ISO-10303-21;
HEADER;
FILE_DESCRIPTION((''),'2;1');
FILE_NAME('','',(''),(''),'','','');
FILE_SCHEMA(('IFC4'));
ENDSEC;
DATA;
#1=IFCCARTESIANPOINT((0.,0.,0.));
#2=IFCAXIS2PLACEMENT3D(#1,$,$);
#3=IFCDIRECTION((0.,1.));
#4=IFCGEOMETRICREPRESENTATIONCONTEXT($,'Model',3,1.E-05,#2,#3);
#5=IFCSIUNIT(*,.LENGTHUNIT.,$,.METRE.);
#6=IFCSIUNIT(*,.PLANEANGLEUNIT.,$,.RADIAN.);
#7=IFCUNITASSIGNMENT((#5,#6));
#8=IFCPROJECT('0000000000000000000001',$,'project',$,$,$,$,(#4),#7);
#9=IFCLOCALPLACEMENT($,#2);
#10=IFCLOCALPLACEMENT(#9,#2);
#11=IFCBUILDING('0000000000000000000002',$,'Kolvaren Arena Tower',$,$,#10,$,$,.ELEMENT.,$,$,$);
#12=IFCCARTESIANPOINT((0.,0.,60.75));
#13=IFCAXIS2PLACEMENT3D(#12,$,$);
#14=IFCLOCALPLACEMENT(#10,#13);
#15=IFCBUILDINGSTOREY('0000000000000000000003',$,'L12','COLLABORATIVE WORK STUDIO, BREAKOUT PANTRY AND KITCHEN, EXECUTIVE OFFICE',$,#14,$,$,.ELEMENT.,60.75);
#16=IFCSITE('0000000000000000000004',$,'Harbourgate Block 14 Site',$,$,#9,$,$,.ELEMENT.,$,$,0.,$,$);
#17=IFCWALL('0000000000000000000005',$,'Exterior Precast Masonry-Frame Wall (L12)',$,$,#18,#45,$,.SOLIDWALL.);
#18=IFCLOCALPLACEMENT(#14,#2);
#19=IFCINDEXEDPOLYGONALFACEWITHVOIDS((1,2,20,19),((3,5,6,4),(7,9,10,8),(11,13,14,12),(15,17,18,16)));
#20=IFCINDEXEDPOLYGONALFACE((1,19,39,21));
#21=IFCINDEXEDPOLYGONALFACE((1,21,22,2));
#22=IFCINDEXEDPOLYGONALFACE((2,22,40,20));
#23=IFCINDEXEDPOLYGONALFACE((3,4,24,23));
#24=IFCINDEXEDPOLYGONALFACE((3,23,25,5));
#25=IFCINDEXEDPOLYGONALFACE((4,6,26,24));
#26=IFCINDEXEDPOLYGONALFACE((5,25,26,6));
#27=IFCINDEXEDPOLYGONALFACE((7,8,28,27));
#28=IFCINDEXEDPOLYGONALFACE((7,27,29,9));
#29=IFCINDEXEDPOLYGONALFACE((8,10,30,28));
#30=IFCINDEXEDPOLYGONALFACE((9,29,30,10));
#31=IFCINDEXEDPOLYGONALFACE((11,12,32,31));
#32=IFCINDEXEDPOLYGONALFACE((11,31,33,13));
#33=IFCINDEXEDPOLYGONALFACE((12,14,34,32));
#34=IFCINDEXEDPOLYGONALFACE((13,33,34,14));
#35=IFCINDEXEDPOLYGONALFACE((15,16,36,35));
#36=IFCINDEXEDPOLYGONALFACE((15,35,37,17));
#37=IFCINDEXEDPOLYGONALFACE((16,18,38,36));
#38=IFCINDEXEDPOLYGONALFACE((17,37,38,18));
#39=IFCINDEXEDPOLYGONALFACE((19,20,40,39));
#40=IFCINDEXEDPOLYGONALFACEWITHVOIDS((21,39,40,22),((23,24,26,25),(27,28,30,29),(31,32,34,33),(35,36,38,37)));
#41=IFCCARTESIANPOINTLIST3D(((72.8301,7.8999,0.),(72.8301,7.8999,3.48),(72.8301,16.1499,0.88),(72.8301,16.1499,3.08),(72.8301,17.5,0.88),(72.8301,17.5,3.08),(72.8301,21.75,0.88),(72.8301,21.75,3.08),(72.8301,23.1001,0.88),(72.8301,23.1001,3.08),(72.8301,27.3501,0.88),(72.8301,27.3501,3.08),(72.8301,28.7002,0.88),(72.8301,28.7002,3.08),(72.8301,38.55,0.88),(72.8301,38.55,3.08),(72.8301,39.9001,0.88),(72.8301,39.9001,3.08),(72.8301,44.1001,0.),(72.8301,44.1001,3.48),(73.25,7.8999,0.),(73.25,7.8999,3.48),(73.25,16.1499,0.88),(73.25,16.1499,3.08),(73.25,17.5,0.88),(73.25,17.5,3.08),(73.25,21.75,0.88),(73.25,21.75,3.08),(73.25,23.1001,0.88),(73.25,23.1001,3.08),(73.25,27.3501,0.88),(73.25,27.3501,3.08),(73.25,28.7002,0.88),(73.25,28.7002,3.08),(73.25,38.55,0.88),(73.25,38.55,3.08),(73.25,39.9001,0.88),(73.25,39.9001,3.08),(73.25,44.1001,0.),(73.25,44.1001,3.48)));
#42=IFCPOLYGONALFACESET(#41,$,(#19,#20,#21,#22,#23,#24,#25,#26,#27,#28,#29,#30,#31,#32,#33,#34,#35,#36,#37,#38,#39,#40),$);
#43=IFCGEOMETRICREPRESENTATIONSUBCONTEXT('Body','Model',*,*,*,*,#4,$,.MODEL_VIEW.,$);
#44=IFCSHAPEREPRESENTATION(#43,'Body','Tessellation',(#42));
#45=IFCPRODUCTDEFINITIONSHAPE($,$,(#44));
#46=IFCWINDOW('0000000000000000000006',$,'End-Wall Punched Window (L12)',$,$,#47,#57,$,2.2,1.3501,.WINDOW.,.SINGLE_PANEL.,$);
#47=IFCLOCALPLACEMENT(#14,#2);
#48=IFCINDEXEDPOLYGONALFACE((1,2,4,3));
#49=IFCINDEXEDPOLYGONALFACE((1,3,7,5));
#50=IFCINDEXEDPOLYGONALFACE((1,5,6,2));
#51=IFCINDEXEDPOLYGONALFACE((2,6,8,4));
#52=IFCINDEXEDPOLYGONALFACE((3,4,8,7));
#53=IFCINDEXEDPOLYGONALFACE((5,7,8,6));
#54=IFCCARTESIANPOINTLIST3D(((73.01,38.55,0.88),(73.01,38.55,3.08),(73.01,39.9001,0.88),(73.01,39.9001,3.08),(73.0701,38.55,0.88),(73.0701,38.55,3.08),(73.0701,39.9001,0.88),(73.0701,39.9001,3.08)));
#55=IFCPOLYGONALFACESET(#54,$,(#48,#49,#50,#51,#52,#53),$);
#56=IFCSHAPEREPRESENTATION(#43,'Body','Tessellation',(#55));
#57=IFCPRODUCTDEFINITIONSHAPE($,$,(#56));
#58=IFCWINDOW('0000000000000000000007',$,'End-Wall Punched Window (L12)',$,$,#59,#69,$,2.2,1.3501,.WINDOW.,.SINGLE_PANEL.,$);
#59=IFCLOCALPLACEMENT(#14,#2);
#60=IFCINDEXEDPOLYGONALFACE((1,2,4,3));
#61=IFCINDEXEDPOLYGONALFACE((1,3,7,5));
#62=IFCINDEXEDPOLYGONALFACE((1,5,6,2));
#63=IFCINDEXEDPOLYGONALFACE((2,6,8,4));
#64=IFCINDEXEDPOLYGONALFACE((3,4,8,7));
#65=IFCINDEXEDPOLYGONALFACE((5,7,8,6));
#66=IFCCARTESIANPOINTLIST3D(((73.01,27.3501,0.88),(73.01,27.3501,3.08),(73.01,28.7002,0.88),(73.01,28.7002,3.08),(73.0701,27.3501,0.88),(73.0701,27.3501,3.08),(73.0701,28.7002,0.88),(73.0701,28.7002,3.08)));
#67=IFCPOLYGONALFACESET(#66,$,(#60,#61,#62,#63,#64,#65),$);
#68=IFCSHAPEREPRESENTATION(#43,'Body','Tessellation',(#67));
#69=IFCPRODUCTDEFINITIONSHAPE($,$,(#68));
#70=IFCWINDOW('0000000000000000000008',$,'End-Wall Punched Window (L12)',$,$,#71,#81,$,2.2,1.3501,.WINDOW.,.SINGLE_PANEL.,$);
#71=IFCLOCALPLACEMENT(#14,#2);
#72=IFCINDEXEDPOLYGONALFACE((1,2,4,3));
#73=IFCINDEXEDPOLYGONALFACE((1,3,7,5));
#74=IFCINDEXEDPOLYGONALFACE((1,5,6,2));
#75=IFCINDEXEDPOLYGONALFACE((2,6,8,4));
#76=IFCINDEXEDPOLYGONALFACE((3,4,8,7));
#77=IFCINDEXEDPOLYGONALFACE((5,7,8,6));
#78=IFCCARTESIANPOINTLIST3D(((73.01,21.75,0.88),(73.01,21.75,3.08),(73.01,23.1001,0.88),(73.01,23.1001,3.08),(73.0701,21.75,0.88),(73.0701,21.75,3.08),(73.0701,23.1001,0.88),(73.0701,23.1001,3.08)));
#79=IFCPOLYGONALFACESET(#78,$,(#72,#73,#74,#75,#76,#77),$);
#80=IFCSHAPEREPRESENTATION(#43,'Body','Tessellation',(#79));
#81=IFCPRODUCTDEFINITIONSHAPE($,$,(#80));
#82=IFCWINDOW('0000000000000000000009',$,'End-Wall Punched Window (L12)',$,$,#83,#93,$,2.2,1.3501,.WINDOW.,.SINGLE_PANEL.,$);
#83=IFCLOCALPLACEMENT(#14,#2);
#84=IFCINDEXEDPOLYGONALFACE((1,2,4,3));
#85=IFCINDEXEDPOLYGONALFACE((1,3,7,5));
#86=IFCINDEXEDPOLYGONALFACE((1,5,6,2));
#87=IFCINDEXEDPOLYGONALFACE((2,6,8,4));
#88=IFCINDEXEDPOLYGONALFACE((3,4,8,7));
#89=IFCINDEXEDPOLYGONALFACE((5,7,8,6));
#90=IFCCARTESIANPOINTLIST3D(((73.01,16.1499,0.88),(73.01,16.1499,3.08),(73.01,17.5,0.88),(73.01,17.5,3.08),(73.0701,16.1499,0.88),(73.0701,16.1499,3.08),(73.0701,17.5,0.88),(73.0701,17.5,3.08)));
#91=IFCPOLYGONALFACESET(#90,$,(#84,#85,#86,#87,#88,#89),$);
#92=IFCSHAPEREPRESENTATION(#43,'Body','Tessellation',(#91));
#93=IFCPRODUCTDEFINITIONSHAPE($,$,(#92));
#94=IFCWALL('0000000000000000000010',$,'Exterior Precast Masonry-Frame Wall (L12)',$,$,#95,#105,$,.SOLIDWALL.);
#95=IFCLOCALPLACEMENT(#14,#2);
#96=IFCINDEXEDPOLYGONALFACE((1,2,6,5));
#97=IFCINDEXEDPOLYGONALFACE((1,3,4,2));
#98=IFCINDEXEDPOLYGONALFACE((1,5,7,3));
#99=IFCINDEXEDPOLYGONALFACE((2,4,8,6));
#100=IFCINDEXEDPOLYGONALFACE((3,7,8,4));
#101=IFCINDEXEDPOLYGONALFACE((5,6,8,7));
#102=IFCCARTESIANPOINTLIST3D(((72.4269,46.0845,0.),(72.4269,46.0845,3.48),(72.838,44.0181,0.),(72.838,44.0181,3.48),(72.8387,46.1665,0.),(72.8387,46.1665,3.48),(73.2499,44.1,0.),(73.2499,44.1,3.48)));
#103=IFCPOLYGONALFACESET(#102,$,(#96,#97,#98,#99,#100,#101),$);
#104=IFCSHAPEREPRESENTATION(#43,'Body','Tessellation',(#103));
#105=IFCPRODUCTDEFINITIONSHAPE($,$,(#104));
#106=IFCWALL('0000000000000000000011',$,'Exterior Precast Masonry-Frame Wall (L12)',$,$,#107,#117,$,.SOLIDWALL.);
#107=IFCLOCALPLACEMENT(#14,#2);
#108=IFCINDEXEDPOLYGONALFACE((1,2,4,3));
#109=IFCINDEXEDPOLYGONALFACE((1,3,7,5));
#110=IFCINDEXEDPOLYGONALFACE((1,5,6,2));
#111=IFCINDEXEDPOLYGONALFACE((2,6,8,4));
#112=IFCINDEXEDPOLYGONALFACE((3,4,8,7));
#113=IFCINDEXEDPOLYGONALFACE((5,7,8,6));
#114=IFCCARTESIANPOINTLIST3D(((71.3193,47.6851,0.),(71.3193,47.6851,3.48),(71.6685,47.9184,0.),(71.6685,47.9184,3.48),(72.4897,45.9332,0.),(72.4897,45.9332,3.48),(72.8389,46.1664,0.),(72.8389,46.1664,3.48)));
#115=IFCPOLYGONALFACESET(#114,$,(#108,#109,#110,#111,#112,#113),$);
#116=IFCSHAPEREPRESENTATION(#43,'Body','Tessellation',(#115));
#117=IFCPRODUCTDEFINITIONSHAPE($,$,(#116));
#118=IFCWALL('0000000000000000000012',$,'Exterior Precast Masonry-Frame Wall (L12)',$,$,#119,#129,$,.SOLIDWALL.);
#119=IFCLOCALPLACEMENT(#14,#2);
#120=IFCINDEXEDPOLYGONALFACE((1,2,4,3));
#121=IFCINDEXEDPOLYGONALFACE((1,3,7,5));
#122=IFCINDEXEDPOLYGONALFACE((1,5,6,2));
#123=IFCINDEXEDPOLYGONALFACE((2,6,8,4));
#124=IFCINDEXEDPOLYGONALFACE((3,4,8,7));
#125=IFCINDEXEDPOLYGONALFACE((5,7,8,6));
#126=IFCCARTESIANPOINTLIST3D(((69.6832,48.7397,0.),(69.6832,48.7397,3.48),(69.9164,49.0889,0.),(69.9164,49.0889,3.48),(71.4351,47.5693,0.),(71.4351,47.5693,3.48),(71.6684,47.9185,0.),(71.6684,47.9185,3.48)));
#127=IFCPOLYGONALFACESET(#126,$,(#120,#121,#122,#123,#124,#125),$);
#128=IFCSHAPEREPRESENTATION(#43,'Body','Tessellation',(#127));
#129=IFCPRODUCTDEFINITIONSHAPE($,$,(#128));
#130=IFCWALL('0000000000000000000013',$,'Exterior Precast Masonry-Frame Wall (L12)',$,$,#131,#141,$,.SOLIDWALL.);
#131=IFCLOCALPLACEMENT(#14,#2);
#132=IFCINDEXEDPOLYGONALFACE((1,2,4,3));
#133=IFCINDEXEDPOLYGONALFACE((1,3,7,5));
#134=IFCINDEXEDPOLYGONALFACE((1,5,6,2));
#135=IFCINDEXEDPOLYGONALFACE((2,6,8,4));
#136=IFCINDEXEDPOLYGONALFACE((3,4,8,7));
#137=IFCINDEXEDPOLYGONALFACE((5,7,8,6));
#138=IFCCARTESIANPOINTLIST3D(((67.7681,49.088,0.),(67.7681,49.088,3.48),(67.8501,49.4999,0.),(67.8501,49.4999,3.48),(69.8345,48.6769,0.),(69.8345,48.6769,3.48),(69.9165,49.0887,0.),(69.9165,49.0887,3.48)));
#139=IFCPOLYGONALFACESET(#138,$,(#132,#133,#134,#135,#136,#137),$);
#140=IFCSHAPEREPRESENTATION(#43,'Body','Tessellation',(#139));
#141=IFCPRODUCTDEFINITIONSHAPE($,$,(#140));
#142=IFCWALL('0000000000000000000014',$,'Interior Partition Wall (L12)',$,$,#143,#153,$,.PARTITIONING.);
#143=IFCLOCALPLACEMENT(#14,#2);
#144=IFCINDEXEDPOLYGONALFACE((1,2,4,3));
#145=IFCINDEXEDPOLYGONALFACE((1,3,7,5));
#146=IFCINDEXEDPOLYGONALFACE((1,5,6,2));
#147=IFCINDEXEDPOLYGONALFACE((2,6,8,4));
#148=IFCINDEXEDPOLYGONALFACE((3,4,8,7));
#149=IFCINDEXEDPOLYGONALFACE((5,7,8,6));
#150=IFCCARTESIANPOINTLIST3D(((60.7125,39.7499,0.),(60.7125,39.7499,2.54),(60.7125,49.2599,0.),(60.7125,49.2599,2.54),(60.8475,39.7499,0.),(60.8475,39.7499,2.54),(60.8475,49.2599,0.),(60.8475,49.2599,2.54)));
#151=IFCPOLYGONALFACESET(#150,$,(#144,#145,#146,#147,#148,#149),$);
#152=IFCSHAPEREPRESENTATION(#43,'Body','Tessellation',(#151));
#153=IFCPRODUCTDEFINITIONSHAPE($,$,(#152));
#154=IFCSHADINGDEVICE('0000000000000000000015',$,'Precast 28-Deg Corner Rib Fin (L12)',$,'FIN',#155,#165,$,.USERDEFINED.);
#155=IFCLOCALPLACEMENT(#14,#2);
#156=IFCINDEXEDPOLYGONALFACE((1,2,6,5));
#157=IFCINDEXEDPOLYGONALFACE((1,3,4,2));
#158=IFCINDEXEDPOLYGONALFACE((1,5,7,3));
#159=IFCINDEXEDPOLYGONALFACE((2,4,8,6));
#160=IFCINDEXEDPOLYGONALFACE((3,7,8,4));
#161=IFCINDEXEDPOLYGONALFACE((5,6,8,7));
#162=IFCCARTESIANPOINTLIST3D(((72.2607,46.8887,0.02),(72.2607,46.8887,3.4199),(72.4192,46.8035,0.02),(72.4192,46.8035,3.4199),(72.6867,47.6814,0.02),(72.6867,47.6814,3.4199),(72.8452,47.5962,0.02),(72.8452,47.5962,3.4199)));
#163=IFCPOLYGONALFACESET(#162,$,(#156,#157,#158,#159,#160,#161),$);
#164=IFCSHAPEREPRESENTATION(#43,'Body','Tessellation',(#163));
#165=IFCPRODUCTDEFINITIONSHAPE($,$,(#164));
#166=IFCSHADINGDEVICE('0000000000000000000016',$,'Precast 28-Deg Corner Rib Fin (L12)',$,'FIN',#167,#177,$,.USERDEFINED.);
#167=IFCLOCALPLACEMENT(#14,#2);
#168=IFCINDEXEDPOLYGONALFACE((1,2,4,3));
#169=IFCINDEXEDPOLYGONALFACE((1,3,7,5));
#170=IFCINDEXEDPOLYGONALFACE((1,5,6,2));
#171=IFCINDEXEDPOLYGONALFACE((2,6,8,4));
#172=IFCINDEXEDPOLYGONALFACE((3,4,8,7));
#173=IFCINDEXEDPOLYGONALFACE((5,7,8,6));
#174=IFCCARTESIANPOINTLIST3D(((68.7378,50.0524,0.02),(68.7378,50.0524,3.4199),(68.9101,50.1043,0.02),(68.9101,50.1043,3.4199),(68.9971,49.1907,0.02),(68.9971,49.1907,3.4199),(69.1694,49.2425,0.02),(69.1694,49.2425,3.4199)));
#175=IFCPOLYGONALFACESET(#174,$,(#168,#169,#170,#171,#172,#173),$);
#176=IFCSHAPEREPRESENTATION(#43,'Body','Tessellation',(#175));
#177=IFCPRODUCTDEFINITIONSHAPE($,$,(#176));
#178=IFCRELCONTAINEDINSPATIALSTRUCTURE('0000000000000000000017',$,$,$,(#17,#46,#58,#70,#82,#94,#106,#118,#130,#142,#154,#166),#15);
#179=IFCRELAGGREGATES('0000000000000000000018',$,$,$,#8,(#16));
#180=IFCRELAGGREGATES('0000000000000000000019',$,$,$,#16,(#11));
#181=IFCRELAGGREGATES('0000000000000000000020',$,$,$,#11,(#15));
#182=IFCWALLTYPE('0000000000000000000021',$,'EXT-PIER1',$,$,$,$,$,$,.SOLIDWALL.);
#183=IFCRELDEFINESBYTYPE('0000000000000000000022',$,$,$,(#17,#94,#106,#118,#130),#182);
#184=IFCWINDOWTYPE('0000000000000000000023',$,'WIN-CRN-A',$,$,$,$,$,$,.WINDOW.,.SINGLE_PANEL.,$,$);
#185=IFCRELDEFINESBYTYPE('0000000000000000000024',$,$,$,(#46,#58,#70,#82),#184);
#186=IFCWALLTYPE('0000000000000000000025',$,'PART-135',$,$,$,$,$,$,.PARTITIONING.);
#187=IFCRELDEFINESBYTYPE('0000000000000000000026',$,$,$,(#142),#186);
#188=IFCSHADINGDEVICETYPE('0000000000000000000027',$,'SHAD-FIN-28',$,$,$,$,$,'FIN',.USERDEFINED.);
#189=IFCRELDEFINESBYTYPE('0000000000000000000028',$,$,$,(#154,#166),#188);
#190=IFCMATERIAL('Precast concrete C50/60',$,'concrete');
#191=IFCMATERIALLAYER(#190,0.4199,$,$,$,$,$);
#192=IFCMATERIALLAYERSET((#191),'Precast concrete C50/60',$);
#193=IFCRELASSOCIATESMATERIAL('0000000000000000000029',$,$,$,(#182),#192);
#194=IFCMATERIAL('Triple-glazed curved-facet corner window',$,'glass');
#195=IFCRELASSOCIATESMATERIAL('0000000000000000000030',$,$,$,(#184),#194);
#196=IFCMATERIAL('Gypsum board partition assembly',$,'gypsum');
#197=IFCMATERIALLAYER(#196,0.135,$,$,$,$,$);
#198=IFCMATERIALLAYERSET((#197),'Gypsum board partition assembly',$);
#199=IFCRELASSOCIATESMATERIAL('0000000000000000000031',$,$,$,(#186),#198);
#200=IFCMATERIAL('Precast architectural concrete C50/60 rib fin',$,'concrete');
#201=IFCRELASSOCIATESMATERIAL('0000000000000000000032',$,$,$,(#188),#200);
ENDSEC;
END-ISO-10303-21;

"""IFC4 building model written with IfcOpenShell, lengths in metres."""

from ifc_helpers import new_model, si_unit, direction, frame, frame_2d, origin, origin_2d, place, context, subcontext, project, spatial, rectangle, extrude, material, layer, layer_set, type_object, element, fill, save


model = new_model("IFC4")

# Units and contexts
model_context = context("Model", 3, precision=1e-05, world=origin(), true_north=direction((0.0, 1.0)))
body_context = subcontext(model_context, "Body", "Model", "MODEL_VIEW")
ifc_project = project(units=[si_unit("LENGTHUNIT", "METRE"), si_unit("PLANEANGLEUNIT", "RADIAN")], contexts=[model_context])

# Site, building, storey
site_placement = place(None, origin())
site = spatial("IfcSite", under=ifc_project, at=site_placement, Name="Harbourgate Block 14 Site", CompositionType="ELEMENT", RefElevation=0.0)
building_placement = place(site_placement, origin())
building = spatial("IfcBuilding", under=site, at=building_placement, Name="Kolvaren Arena Tower", CompositionType="ELEMENT")
storey_placement = place(building_placement, frame((0.0, 0.0, 60.75)))
storey = spatial("IfcBuildingStorey", under=building, at=storey_placement, Name="L12", Description="COLLABORATIVE WORK STUDIO, BREAKOUT PANTRY AND KITCHEN, EXECUTIVE OFFICE", CompositionType="ELEMENT", Elevation=60.75)

# Wall, openings, windows
ifc_material_1 = material(Name="Precast concrete C50/60", Category="concrete")
ifc_layer_1 = layer(ifc_material_1, 0.4199)
ifc_layer_set_1 = layer_set([ifc_layer_1], Name="Precast concrete C50/60")
wall_type_1 = type_object("IfcWallType", Name="EXT-PIER1", PredefinedType="SOLIDWALL", material=ifc_layer_set_1)
wall_1_placement = place(storey_placement, frame((73.04, 44.1001, 0.0), z_axis=(0.0, 0.0, 1.0), x_axis=(0.0, -1.0, 0.0)))
wall_1 = element("IfcWall", 1, at=wall_1_placement, inside=storey, type_object=wall_type_1, Name="Exterior Precast Masonry-Frame Wall (L12)", PredefinedType="SOLIDWALL", context=body_context, shape_type="SweptSolid", body=[
    extrude(rectangle(XDim=36.2002, YDim=0.4199, at=frame_2d((18.1001, 0.0))), origin(), (0.0, 0.0, 1.0), 3.48),
])
opening_1_placement = place(wall_1_placement, frame((4.2, 0.0, 0.8799)))
opening_1 = element("IfcOpeningElement", 2, at=opening_1_placement, cuts=wall_1, PredefinedType="OPENING", context=body_context, shape_type="SweptSolid", body=[
    extrude(rectangle(XDim=1.3501, YDim=2.2, at=frame_2d((0.675, 1.1001))), frame((0.0, 0.22, 0.0), z_axis=(0.0, -1.0, 0.0), x_axis=(1.0, 0.0, 0.0)), (0.0, 0.0, 1.0), 0.4399),
])
opening_2_placement = place(wall_1_placement, frame((15.3999, 0.0, 0.8799)))
opening_2 = element("IfcOpeningElement", 3, at=opening_2_placement, cuts=wall_1, PredefinedType="OPENING", context=body_context, shape_type="SweptSolid", body=[
    extrude(rectangle(XDim=1.3501, YDim=2.2, at=frame_2d((0.675, 1.1001))), frame((0.0, 0.22, 0.0), z_axis=(0.0, -1.0, 0.0), x_axis=(1.0, 0.0, 0.0)), (0.0, 0.0, 1.0), 0.4399),
])
opening_3_placement = place(wall_1_placement, frame((21.0, 0.0, 0.8799)))
opening_3 = element("IfcOpeningElement", 4, at=opening_3_placement, cuts=wall_1, PredefinedType="OPENING", context=body_context, shape_type="SweptSolid", body=[
    extrude(rectangle(XDim=1.3501, YDim=2.2, at=frame_2d((0.675, 1.1001))), frame((0.0, 0.22, 0.0), z_axis=(0.0, -1.0, 0.0), x_axis=(1.0, 0.0, 0.0)), (0.0, 0.0, 1.0), 0.4399),
])
opening_4_placement = place(wall_1_placement, frame((26.6001, 0.0, 0.8799)))
opening_4 = element("IfcOpeningElement", 5, at=opening_4_placement, cuts=wall_1, PredefinedType="OPENING", context=body_context, shape_type="SweptSolid", body=[
    extrude(rectangle(XDim=1.3501, YDim=2.2, at=frame_2d((0.675, 1.1001))), frame((0.0, 0.22, 0.0), z_axis=(0.0, -1.0, 0.0), x_axis=(1.0, 0.0, 0.0)), (0.0, 0.0, 1.0), 0.4399),
])
ifc_material_2 = material(Name="Triple-glazed curved-facet corner window", Category="glass")
window_type = type_object("IfcWindowType", Name="WIN-CRN-A", PartitioningType="SINGLE_PANEL", PredefinedType="WINDOW", material=ifc_material_2)
window_1_placement = place(opening_1_placement, origin())
window_1 = element("IfcWindow", 6, at=window_1_placement, inside=storey, type_object=window_type, Name="End-Wall Punched Window (L12)", OverallHeight=2.2, OverallWidth=1.3501, PartitioningType="SINGLE_PANEL", PredefinedType="WINDOW", context=body_context, shape_type="SweptSolid", body=[
    extrude(rectangle(XDim=1.3501, YDim=2.2, at=frame_2d((0.675, 1.1001))), frame((0.0, 0.03, 0.0), z_axis=(0.0, -1.0, 0.0), x_axis=(1.0, 0.0, 0.0)), (0.0, 0.0, 1.0), 0.0601),
])
fill(opening_1, window_1)
window_2_placement = place(opening_2_placement, origin())
window_2 = element("IfcWindow", 7, at=window_2_placement, inside=storey, type_object=window_type, Name="End-Wall Punched Window (L12)", OverallHeight=2.2, OverallWidth=1.3501, PartitioningType="SINGLE_PANEL", PredefinedType="WINDOW", context=body_context, shape_type="SweptSolid", body=[
    extrude(rectangle(XDim=1.3501, YDim=2.2, at=frame_2d((0.675, 1.1001))), frame((0.0, 0.03, 0.0), z_axis=(0.0, -1.0, 0.0), x_axis=(1.0, 0.0, 0.0)), (0.0, 0.0, 1.0), 0.0601),
])
fill(opening_2, window_2)
window_3_placement = place(opening_3_placement, origin())
window_3 = element("IfcWindow", 8, at=window_3_placement, inside=storey, type_object=window_type, Name="End-Wall Punched Window (L12)", OverallHeight=2.2, OverallWidth=1.3501, PartitioningType="SINGLE_PANEL", PredefinedType="WINDOW", context=body_context, shape_type="SweptSolid", body=[
    extrude(rectangle(XDim=1.3501, YDim=2.2, at=frame_2d((0.675, 1.1001))), frame((0.0, 0.03, 0.0), z_axis=(0.0, -1.0, 0.0), x_axis=(1.0, 0.0, 0.0)), (0.0, 0.0, 1.0), 0.0601),
])
fill(opening_3, window_3)
window_4_placement = place(opening_4_placement, origin())
window_4 = element("IfcWindow", 9, at=window_4_placement, inside=storey, type_object=window_type, Name="End-Wall Punched Window (L12)", OverallHeight=2.2, OverallWidth=1.3501, PartitioningType="SINGLE_PANEL", PredefinedType="WINDOW", context=body_context, shape_type="SweptSolid", body=[
    extrude(rectangle(XDim=1.3501, YDim=2.2, at=frame_2d((0.675, 1.1001))), frame((0.0, 0.03, 0.0), z_axis=(0.0, -1.0, 0.0), x_axis=(1.0, 0.0, 0.0)), (0.0, 0.0, 1.0), 0.0601),
])
fill(opening_4, window_4)

# Walls
for number, where, z_axis, x_axis, name in (
    (10, (72.6328, 46.1255, 0.0), (0.0, 0.0, 1.0), (0.195136, -0.980776, 0.0), "Exterior Precast Masonry-Frame Wall (L12)"),
    (11, (71.4939, 47.8018, 0.0), (0.0, 0.0, 1.0), (0.555502, -0.831515, 0.0), "Exterior Precast Masonry-Frame Wall (L12)"),
    (12, (69.7998, 48.9143, 0.0), (0.0, 0.0, 1.0), (0.831515, -0.555502, 0.0), "Exterior Precast Masonry-Frame Wall (L12)"),
    (13, (67.8091, 49.2939, 0.0), (0.0, 0.0, 1.0), (0.980776, -0.195136, 0.0), "Exterior Precast Masonry-Frame Wall (L12)"),
):
    element("IfcWall", number, at=place(storey_placement, frame(where, z_axis=z_axis, x_axis=x_axis)), inside=storey, type_object=wall_type_1, Name=name, PredefinedType="SOLIDWALL", context=body_context, shape_type="SweptSolid", body=[
        extrude(rectangle(XDim=2.1069, YDim=0.4199, at=frame_2d((1.0535, 0.0))), origin(), (0.0, 0.0, 1.0), 3.48),
    ])
ifc_material_3 = material(Name="Gypsum board partition assembly", Category="gypsum")
ifc_layer_2 = layer(ifc_material_3, 0.135)
ifc_layer_set_2 = layer_set([ifc_layer_2], Name="Gypsum board partition assembly")
wall_type_2 = type_object("IfcWallType", Name="PART-135", PredefinedType="PARTITIONING", material=ifc_layer_set_2)
wall_2_placement = place(storey_placement, frame((60.78, 39.75, 0.0), z_axis=(0.0, 0.0, 1.0), x_axis=(0.0, 1.0, 0.0)))
element("IfcWall", 14, at=wall_2_placement, inside=storey, type_object=wall_type_2, Name="Interior Partition Wall (L12)", PredefinedType="PARTITIONING", context=body_context, shape_type="SweptSolid", body=[
    extrude(rectangle(XDim=9.51, YDim=0.135, at=frame_2d((4.7549, 0.0))), origin(), (0.0, 0.0, 1.0), 2.54),
])

# Shading devices
ifc_material_4 = material(Name="Precast architectural concrete C50/60 rib fin", Category="concrete")
shading_device_type_1 = type_object("IfcShadingDeviceType", Name="SHAD-FIN-28", ElementType="FIN", PredefinedType="USERDEFINED", material=ifc_material_4)
for number, where, z_axis, x_axis, name in (
    (15, (72.553, 47.2424, 0.02), (0.0, 0.0, 1.0), (0.473349, 0.880875, 0.0), "Precast 28-Deg Corner Rib Fin (L12)"),
    (16, (68.9536, 49.6475, 0.02), (0.0, 0.0, 1.0), (-0.288175, 0.957578, 0.0), "Precast 28-Deg Corner Rib Fin (L12)"),
):
    element("IfcShadingDevice", number, at=place(storey_placement, frame(where, z_axis=z_axis, x_axis=x_axis)), inside=storey, type_object=shading_device_type_1, Name=name, ObjectType="FIN", PredefinedType="USERDEFINED", context=body_context, shape_type="SweptSolid", body=[
        extrude(rectangle(XDim=0.8999, YDim=0.1799, at=origin_2d()), origin(), (0.0, 0.0, 1.0), 3.3999),
    ])

save(model, "model.ifc")
